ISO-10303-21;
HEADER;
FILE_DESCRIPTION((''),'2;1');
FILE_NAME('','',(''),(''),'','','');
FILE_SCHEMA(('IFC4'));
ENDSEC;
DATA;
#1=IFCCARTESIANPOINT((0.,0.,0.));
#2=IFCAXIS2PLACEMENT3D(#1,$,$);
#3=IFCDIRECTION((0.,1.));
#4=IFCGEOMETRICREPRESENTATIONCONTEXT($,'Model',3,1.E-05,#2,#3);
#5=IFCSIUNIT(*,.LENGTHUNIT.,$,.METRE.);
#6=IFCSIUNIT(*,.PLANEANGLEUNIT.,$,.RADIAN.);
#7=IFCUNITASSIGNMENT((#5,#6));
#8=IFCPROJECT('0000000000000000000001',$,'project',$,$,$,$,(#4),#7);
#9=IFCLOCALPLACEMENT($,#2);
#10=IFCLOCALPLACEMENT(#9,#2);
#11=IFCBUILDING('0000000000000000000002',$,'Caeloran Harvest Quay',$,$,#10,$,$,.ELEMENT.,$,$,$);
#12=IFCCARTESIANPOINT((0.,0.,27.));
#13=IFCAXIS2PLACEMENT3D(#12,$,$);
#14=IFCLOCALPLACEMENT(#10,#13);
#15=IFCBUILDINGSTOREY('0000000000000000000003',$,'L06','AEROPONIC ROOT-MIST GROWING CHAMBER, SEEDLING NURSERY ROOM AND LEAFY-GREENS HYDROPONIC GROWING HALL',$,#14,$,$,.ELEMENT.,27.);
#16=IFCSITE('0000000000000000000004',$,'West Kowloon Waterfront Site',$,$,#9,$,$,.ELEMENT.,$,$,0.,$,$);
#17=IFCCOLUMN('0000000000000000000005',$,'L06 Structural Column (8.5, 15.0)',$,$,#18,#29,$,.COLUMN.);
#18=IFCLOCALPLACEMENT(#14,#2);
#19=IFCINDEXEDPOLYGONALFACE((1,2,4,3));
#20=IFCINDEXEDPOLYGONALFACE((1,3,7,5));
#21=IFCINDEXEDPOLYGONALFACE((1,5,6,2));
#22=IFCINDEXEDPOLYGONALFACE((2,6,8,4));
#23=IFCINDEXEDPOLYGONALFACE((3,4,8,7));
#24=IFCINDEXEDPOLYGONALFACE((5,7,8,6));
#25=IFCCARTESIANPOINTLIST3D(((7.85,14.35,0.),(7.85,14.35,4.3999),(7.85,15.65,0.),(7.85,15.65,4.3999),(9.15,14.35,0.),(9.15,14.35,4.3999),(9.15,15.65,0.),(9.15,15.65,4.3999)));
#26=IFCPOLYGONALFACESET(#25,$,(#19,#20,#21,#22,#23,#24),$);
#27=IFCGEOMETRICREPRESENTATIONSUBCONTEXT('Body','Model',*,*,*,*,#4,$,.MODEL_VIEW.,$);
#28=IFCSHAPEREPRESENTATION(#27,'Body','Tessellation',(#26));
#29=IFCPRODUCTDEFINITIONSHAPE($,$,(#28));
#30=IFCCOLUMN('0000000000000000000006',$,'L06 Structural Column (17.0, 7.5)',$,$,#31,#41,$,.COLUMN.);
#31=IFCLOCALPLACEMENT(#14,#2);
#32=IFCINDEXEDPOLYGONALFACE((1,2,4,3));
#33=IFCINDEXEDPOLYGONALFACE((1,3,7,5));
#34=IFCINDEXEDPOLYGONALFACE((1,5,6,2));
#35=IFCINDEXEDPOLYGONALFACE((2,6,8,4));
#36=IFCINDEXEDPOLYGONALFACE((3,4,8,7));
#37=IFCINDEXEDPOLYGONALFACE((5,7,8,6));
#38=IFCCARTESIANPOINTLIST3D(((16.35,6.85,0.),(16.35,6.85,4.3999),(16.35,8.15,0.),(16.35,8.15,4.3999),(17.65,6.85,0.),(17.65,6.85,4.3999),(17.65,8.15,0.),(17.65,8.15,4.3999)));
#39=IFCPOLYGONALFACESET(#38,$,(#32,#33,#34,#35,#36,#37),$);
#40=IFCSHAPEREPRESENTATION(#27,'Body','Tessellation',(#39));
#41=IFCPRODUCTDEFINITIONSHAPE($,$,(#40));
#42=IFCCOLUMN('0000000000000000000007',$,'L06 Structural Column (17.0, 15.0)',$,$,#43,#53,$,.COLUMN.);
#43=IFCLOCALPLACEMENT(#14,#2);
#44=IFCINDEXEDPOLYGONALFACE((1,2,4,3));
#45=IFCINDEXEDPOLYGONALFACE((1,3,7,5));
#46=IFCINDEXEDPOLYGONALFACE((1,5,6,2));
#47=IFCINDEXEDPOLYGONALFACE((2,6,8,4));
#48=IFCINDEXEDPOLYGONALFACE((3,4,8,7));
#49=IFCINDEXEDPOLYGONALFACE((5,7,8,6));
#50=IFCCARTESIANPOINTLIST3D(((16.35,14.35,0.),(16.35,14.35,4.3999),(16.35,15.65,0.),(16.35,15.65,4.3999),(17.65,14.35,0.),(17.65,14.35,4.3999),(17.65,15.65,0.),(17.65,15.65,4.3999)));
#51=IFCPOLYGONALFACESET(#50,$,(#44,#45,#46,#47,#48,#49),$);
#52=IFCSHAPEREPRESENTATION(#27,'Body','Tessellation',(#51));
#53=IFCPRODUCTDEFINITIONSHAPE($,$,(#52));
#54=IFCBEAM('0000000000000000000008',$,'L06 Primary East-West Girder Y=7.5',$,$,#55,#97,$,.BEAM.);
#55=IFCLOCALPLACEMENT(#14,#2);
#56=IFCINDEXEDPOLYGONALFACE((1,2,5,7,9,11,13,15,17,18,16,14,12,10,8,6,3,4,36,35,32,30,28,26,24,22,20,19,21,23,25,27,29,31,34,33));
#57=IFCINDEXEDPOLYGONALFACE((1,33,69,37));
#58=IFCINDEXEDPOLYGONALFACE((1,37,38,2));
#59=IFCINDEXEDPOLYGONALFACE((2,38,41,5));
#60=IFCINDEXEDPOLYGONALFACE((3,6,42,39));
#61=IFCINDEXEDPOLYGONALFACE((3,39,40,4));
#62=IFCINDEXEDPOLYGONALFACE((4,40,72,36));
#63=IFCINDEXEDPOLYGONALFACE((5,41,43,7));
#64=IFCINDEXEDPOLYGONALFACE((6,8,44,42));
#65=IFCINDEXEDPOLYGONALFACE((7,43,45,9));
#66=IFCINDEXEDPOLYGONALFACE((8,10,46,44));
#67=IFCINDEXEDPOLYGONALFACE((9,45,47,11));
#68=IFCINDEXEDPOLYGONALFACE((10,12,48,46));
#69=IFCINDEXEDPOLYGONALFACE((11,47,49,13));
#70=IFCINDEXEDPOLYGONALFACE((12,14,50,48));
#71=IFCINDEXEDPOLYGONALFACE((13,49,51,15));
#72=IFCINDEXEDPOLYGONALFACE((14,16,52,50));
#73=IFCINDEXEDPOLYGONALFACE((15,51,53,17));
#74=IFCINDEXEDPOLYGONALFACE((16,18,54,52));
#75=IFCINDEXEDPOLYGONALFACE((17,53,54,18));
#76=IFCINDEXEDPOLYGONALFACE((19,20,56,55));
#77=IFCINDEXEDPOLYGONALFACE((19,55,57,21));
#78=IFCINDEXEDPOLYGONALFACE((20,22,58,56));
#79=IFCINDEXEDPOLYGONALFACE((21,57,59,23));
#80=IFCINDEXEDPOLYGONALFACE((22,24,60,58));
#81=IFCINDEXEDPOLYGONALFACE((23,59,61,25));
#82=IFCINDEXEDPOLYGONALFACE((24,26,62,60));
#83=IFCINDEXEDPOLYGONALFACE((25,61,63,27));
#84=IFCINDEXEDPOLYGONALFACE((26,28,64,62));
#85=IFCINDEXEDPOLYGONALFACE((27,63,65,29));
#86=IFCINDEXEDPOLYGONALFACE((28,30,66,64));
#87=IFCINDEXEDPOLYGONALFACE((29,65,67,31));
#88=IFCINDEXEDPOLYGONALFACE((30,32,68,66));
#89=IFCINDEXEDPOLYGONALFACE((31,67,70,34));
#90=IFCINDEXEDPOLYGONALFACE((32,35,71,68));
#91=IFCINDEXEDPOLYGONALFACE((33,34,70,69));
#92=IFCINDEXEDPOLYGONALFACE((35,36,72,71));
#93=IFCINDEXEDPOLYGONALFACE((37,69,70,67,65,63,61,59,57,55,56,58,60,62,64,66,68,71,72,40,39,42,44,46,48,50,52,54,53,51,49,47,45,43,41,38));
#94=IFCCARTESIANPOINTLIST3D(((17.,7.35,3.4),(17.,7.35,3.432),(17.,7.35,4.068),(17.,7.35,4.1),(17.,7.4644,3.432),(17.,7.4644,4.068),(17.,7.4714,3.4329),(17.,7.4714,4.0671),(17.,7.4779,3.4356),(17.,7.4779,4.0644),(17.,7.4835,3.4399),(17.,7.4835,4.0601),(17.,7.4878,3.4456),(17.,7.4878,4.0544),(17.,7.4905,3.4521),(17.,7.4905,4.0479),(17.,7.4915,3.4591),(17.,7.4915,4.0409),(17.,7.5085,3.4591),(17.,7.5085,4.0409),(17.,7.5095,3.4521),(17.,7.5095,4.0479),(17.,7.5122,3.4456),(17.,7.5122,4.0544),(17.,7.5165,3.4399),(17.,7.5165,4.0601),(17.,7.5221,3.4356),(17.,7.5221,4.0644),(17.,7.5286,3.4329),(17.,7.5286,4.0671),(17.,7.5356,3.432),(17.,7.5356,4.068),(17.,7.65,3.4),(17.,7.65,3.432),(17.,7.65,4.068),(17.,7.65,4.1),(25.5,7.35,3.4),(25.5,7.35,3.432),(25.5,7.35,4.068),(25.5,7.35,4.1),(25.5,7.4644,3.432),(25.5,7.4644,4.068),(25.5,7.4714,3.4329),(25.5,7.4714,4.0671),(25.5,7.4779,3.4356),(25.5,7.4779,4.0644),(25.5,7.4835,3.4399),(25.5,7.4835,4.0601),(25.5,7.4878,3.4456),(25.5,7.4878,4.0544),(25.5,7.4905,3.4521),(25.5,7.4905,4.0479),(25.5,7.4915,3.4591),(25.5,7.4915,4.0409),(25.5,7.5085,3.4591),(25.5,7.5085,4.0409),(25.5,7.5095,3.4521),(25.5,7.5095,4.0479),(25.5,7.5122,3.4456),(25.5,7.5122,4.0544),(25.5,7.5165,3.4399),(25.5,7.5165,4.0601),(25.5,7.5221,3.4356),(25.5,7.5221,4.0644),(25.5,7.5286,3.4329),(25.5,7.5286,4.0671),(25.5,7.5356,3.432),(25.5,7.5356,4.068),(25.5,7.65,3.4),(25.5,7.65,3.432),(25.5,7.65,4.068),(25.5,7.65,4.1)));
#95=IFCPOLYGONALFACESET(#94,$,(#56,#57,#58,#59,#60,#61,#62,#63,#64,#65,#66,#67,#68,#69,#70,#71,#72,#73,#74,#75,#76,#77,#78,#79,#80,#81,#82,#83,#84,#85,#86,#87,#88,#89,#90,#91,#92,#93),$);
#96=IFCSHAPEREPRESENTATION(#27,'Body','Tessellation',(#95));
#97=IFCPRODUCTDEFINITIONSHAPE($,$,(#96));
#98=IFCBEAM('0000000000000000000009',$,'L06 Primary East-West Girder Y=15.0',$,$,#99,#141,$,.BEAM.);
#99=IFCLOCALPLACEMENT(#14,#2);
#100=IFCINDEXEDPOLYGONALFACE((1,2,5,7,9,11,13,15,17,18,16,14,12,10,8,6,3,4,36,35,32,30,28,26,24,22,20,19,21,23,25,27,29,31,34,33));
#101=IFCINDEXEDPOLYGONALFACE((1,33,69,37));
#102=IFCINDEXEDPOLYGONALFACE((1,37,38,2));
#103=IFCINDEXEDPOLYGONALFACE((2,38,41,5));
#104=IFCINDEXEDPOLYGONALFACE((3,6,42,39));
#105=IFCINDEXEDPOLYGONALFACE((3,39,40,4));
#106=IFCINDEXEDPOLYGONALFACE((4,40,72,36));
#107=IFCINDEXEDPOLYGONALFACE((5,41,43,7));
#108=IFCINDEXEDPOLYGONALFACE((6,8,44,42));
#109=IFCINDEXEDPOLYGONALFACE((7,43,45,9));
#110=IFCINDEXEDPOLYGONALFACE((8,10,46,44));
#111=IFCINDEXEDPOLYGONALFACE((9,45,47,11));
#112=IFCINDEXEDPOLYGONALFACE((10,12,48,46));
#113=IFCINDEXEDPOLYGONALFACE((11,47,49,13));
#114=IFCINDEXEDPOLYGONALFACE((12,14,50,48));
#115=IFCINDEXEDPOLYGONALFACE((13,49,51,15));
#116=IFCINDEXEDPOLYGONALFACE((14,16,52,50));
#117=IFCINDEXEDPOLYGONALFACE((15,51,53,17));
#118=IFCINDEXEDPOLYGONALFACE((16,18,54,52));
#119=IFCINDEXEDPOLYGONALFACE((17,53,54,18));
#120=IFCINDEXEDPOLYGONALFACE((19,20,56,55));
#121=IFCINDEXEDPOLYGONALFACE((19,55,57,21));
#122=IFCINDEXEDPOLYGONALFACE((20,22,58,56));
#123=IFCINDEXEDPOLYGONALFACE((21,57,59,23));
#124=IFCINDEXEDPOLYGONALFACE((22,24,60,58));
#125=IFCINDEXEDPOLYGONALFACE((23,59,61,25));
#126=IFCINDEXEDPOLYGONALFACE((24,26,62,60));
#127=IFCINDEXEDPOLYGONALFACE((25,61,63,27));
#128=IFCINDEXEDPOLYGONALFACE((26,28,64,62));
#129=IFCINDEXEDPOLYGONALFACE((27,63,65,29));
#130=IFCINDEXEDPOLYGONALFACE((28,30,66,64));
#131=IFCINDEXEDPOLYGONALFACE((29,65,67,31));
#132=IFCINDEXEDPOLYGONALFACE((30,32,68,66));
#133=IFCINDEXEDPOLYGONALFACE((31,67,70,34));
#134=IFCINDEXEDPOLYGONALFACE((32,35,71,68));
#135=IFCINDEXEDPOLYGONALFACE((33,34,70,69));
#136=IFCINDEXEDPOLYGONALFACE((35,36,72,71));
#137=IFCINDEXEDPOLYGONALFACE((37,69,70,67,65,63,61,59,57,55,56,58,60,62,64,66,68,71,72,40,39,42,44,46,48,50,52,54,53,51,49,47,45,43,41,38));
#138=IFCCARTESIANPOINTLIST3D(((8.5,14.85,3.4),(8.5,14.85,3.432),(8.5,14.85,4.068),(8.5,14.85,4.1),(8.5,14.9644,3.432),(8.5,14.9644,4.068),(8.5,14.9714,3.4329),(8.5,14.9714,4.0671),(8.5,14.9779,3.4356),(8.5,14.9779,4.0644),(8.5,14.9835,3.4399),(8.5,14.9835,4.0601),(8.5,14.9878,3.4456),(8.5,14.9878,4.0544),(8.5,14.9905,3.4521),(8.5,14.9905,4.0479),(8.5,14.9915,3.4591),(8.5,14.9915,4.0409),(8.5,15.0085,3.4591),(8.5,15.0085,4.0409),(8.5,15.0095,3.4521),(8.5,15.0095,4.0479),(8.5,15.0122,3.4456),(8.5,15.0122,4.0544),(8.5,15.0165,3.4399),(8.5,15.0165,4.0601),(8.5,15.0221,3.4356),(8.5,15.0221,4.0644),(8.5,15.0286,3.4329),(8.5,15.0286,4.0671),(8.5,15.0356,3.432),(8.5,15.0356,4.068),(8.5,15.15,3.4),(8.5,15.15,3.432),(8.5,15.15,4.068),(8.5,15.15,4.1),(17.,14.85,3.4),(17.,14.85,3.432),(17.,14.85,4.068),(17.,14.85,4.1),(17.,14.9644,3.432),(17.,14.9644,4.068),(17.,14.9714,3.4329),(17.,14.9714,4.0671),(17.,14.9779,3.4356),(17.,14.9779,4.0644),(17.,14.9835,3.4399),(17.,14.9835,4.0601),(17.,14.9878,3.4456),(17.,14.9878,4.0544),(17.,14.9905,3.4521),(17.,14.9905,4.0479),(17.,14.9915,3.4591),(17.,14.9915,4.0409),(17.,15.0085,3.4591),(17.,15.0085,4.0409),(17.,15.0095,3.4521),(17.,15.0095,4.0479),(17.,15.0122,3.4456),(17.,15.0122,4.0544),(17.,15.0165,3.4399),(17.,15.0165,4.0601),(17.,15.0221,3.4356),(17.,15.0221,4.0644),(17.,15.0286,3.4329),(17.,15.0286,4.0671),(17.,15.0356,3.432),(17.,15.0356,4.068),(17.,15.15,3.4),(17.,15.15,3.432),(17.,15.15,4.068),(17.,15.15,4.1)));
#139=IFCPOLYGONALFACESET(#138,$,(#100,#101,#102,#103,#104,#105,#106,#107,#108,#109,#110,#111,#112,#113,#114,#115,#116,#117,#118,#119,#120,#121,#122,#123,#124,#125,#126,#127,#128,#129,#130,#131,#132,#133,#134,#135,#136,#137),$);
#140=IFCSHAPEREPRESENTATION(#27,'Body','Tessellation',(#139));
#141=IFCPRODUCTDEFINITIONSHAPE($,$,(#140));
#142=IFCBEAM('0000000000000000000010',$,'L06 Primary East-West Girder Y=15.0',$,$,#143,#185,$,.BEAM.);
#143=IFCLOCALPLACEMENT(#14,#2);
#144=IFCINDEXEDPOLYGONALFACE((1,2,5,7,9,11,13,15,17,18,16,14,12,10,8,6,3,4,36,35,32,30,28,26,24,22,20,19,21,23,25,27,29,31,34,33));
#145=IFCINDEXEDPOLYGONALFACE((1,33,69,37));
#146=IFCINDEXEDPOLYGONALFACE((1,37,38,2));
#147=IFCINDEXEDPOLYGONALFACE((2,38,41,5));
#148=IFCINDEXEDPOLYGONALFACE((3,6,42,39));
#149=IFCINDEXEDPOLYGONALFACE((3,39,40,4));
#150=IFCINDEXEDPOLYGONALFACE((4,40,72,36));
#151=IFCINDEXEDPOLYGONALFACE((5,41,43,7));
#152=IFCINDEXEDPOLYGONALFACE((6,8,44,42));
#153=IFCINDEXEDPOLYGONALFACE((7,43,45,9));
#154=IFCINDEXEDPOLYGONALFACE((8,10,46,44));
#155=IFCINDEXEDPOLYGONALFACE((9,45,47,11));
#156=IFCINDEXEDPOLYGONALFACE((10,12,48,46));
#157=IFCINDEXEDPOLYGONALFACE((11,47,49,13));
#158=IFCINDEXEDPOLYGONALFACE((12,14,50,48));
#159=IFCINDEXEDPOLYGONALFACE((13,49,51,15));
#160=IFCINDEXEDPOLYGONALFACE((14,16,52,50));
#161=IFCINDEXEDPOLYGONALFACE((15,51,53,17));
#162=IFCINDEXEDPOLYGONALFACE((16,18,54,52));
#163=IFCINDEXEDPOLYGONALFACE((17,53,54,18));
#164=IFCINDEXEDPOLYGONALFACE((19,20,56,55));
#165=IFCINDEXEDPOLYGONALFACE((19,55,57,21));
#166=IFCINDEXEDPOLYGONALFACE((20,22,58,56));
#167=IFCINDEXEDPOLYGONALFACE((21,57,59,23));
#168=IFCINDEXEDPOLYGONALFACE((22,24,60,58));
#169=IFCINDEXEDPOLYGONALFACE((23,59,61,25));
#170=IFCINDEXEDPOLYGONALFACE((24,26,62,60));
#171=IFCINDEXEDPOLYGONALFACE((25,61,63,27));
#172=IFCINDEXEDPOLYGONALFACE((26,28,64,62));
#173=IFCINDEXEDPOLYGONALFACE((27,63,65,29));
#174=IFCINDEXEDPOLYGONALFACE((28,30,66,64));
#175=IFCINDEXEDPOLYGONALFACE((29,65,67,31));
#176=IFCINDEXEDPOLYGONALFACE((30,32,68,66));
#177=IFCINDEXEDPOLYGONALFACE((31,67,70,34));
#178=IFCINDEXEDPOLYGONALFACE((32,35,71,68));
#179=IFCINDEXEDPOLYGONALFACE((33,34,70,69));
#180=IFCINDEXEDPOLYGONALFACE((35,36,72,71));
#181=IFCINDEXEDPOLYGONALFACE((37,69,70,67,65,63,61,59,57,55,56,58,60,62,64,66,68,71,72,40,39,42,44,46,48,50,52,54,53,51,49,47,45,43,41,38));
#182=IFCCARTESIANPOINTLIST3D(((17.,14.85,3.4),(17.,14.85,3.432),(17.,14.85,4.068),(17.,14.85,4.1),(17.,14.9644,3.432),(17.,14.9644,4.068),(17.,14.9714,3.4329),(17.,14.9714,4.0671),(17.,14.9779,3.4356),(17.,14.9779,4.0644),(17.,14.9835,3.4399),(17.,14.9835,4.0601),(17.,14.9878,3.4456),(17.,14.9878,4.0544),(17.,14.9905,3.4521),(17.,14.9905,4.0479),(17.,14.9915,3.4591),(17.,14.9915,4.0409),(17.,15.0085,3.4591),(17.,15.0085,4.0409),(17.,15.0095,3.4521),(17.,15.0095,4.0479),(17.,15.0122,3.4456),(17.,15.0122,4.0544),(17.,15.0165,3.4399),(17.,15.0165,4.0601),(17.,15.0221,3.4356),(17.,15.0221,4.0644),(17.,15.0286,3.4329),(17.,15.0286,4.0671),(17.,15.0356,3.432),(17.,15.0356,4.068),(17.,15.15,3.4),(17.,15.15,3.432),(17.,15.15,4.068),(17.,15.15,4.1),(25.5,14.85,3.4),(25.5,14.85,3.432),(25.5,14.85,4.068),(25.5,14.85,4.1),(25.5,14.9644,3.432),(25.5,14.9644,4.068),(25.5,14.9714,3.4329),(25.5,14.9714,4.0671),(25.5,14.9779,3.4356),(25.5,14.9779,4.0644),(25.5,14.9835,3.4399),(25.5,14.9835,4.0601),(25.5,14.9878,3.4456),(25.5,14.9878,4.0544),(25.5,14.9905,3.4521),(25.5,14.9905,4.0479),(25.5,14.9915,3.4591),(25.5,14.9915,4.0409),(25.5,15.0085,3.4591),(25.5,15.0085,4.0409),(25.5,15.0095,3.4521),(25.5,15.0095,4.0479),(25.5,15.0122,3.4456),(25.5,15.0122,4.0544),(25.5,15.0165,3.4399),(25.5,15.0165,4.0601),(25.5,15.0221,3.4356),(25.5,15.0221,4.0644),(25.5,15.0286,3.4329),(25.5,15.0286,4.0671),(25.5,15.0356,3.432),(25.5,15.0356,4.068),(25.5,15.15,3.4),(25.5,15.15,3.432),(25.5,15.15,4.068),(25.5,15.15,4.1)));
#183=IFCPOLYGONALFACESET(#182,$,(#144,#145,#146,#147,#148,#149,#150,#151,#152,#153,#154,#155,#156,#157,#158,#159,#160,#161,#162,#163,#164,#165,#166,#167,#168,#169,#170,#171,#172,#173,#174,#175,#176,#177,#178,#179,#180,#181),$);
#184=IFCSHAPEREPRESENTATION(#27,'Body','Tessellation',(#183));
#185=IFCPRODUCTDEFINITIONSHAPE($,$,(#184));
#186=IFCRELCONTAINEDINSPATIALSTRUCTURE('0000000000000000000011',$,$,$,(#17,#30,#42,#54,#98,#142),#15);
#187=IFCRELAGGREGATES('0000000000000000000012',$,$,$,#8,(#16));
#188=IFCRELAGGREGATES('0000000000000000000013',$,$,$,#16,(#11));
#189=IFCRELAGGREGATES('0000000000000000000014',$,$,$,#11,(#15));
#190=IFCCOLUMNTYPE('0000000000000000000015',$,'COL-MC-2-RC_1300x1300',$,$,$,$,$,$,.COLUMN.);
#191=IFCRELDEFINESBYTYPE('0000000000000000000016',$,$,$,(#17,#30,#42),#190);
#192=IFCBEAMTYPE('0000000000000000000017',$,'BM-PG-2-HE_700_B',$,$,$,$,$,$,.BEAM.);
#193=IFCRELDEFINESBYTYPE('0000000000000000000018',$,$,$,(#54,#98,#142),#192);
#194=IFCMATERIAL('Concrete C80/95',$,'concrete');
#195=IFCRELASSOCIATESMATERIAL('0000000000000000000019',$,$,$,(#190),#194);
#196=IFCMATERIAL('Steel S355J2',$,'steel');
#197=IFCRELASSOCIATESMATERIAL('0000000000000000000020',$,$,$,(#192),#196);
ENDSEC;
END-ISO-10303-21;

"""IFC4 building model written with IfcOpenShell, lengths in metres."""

from ifc_helpers import new_model, si_unit, direction, frame, origin, origin_2d, place, context, subcontext, project, spatial, rectangle, i_section, extrude, material, material_profile, profile_set, type_object, element, save


model = new_model("IFC4")

# Units and contexts
model_context = context("Model", 3, precision=1e-05, world=origin(), true_north=direction((0.0, 1.0)))
body_context = subcontext(model_context, "Body", "Model", "MODEL_VIEW")
ifc_project = project(units=[si_unit("LENGTHUNIT", "METRE"), si_unit("PLANEANGLEUNIT", "RADIAN")], contexts=[model_context])

# Site, building, storey
site_placement = place(None, origin())
site = spatial("IfcSite", under=ifc_project, at=site_placement, Name="West Kowloon Waterfront Site", CompositionType="ELEMENT", RefElevation=0.0)
building_placement = place(site_placement, origin())
building = spatial("IfcBuilding", under=site, at=building_placement, Name="Caeloran Harvest Quay", CompositionType="ELEMENT")
storey_placement = place(building_placement, frame((0.0, 0.0, 27.0)))
storey = spatial("IfcBuildingStorey", under=building, at=storey_placement, Name="L06", Description="AEROPONIC ROOT-MIST GROWING CHAMBER, SEEDLING NURSERY ROOM AND LEAFY-GREENS HYDROPONIC GROWING HALL", CompositionType="ELEMENT", Elevation=27.0)

# Columns
ifc_material_1 = material(Name="Concrete C80/95", Category="concrete")
ifc_material_profile_1 = material_profile(ifc_material_1, rectangle(XDim=1.3, YDim=1.3, at=origin_2d()), Name="RC 1300x1300")
ifc_profile_set_1 = profile_set([ifc_material_profile_1], Name="Concrete C80/95")
column_type = type_object("IfcColumnType", Name="COL-MC-2-RC_1300x1300", PredefinedType="COLUMN", material=ifc_profile_set_1)
for number, where, z_axis, x_axis, name in (
    (1, (8.5, 15.0, 0.0), (0.0, 0.0, 1.0), (1.0, 0.0, 0.0), "L06 Structural Column (8.5, 15.0)"),
    (2, (17.0, 7.5, 0.0), (0.0, 0.0, 1.0), (1.0, 0.0, 0.0), "L06 Structural Column (17.0, 7.5)"),
    (3, (17.0, 15.0, 0.0), (0.0, 0.0, 1.0), (1.0, 0.0, 0.0), "L06 Structural Column (17.0, 15.0)"),
):
    element("IfcColumn", number, at=place(storey_placement, frame(where, z_axis=z_axis, x_axis=x_axis)), inside=storey, type_object=column_type, Name=name, PredefinedType="COLUMN", context=body_context, shape_type="SweptSolid", body=[
        extrude(rectangle(XDim=1.3, YDim=1.3, at=origin_2d()), origin(), (0.0, 0.0, 1.0), 4.3999),
    ])

# Beams
ifc_material_2 = material(Name="Steel S355J2", Category="steel")
ifc_material_profile_2 = material_profile(ifc_material_2, i_section(OverallWidth=0.3, OverallDepth=0.7, WebThickness=0.0171, FlangeThickness=0.032, FilletRadius=0.0271, at=origin_2d()), Name="HE 700 B")
ifc_profile_set_2 = profile_set([ifc_material_profile_2], Name="Steel S355J2")
beam_type_1 = type_object("IfcBeamType", Name="BM-PG-2-HE_700_B", PredefinedType="BEAM", material=ifc_profile_set_2)
for number, where, z_axis, x_axis, name in (
    (4, (17.0, 7.5, 3.75), (1.0, 0.0, 0.0), (0.0, 1.0, 0.0), "L06 Primary East-West Girder Y=7.5"),
    (5, (8.5, 15.0, 3.75), (1.0, 0.0, 0.0), (0.0, 1.0, 0.0), "L06 Primary East-West Girder Y=15.0"),
    (6, (17.0, 15.0, 3.75), (1.0, 0.0, 0.0), (0.0, 1.0, 0.0), "L06 Primary East-West Girder Y=15.0"),
):
    element("IfcBeam", number, at=place(storey_placement, frame(where, z_axis=z_axis, x_axis=x_axis)), inside=storey, type_object=beam_type_1, Name=name, PredefinedType="BEAM", context=body_context, shape_type="SweptSolid", body=[
        extrude(i_section(OverallWidth=0.3, OverallDepth=0.7, WebThickness=0.0171, FlangeThickness=0.032, FilletRadius=0.0271, at=origin_2d()), origin(), (0.0, 0.0, 1.0), 8.5),
    ])

save(model, "model.ifc")
